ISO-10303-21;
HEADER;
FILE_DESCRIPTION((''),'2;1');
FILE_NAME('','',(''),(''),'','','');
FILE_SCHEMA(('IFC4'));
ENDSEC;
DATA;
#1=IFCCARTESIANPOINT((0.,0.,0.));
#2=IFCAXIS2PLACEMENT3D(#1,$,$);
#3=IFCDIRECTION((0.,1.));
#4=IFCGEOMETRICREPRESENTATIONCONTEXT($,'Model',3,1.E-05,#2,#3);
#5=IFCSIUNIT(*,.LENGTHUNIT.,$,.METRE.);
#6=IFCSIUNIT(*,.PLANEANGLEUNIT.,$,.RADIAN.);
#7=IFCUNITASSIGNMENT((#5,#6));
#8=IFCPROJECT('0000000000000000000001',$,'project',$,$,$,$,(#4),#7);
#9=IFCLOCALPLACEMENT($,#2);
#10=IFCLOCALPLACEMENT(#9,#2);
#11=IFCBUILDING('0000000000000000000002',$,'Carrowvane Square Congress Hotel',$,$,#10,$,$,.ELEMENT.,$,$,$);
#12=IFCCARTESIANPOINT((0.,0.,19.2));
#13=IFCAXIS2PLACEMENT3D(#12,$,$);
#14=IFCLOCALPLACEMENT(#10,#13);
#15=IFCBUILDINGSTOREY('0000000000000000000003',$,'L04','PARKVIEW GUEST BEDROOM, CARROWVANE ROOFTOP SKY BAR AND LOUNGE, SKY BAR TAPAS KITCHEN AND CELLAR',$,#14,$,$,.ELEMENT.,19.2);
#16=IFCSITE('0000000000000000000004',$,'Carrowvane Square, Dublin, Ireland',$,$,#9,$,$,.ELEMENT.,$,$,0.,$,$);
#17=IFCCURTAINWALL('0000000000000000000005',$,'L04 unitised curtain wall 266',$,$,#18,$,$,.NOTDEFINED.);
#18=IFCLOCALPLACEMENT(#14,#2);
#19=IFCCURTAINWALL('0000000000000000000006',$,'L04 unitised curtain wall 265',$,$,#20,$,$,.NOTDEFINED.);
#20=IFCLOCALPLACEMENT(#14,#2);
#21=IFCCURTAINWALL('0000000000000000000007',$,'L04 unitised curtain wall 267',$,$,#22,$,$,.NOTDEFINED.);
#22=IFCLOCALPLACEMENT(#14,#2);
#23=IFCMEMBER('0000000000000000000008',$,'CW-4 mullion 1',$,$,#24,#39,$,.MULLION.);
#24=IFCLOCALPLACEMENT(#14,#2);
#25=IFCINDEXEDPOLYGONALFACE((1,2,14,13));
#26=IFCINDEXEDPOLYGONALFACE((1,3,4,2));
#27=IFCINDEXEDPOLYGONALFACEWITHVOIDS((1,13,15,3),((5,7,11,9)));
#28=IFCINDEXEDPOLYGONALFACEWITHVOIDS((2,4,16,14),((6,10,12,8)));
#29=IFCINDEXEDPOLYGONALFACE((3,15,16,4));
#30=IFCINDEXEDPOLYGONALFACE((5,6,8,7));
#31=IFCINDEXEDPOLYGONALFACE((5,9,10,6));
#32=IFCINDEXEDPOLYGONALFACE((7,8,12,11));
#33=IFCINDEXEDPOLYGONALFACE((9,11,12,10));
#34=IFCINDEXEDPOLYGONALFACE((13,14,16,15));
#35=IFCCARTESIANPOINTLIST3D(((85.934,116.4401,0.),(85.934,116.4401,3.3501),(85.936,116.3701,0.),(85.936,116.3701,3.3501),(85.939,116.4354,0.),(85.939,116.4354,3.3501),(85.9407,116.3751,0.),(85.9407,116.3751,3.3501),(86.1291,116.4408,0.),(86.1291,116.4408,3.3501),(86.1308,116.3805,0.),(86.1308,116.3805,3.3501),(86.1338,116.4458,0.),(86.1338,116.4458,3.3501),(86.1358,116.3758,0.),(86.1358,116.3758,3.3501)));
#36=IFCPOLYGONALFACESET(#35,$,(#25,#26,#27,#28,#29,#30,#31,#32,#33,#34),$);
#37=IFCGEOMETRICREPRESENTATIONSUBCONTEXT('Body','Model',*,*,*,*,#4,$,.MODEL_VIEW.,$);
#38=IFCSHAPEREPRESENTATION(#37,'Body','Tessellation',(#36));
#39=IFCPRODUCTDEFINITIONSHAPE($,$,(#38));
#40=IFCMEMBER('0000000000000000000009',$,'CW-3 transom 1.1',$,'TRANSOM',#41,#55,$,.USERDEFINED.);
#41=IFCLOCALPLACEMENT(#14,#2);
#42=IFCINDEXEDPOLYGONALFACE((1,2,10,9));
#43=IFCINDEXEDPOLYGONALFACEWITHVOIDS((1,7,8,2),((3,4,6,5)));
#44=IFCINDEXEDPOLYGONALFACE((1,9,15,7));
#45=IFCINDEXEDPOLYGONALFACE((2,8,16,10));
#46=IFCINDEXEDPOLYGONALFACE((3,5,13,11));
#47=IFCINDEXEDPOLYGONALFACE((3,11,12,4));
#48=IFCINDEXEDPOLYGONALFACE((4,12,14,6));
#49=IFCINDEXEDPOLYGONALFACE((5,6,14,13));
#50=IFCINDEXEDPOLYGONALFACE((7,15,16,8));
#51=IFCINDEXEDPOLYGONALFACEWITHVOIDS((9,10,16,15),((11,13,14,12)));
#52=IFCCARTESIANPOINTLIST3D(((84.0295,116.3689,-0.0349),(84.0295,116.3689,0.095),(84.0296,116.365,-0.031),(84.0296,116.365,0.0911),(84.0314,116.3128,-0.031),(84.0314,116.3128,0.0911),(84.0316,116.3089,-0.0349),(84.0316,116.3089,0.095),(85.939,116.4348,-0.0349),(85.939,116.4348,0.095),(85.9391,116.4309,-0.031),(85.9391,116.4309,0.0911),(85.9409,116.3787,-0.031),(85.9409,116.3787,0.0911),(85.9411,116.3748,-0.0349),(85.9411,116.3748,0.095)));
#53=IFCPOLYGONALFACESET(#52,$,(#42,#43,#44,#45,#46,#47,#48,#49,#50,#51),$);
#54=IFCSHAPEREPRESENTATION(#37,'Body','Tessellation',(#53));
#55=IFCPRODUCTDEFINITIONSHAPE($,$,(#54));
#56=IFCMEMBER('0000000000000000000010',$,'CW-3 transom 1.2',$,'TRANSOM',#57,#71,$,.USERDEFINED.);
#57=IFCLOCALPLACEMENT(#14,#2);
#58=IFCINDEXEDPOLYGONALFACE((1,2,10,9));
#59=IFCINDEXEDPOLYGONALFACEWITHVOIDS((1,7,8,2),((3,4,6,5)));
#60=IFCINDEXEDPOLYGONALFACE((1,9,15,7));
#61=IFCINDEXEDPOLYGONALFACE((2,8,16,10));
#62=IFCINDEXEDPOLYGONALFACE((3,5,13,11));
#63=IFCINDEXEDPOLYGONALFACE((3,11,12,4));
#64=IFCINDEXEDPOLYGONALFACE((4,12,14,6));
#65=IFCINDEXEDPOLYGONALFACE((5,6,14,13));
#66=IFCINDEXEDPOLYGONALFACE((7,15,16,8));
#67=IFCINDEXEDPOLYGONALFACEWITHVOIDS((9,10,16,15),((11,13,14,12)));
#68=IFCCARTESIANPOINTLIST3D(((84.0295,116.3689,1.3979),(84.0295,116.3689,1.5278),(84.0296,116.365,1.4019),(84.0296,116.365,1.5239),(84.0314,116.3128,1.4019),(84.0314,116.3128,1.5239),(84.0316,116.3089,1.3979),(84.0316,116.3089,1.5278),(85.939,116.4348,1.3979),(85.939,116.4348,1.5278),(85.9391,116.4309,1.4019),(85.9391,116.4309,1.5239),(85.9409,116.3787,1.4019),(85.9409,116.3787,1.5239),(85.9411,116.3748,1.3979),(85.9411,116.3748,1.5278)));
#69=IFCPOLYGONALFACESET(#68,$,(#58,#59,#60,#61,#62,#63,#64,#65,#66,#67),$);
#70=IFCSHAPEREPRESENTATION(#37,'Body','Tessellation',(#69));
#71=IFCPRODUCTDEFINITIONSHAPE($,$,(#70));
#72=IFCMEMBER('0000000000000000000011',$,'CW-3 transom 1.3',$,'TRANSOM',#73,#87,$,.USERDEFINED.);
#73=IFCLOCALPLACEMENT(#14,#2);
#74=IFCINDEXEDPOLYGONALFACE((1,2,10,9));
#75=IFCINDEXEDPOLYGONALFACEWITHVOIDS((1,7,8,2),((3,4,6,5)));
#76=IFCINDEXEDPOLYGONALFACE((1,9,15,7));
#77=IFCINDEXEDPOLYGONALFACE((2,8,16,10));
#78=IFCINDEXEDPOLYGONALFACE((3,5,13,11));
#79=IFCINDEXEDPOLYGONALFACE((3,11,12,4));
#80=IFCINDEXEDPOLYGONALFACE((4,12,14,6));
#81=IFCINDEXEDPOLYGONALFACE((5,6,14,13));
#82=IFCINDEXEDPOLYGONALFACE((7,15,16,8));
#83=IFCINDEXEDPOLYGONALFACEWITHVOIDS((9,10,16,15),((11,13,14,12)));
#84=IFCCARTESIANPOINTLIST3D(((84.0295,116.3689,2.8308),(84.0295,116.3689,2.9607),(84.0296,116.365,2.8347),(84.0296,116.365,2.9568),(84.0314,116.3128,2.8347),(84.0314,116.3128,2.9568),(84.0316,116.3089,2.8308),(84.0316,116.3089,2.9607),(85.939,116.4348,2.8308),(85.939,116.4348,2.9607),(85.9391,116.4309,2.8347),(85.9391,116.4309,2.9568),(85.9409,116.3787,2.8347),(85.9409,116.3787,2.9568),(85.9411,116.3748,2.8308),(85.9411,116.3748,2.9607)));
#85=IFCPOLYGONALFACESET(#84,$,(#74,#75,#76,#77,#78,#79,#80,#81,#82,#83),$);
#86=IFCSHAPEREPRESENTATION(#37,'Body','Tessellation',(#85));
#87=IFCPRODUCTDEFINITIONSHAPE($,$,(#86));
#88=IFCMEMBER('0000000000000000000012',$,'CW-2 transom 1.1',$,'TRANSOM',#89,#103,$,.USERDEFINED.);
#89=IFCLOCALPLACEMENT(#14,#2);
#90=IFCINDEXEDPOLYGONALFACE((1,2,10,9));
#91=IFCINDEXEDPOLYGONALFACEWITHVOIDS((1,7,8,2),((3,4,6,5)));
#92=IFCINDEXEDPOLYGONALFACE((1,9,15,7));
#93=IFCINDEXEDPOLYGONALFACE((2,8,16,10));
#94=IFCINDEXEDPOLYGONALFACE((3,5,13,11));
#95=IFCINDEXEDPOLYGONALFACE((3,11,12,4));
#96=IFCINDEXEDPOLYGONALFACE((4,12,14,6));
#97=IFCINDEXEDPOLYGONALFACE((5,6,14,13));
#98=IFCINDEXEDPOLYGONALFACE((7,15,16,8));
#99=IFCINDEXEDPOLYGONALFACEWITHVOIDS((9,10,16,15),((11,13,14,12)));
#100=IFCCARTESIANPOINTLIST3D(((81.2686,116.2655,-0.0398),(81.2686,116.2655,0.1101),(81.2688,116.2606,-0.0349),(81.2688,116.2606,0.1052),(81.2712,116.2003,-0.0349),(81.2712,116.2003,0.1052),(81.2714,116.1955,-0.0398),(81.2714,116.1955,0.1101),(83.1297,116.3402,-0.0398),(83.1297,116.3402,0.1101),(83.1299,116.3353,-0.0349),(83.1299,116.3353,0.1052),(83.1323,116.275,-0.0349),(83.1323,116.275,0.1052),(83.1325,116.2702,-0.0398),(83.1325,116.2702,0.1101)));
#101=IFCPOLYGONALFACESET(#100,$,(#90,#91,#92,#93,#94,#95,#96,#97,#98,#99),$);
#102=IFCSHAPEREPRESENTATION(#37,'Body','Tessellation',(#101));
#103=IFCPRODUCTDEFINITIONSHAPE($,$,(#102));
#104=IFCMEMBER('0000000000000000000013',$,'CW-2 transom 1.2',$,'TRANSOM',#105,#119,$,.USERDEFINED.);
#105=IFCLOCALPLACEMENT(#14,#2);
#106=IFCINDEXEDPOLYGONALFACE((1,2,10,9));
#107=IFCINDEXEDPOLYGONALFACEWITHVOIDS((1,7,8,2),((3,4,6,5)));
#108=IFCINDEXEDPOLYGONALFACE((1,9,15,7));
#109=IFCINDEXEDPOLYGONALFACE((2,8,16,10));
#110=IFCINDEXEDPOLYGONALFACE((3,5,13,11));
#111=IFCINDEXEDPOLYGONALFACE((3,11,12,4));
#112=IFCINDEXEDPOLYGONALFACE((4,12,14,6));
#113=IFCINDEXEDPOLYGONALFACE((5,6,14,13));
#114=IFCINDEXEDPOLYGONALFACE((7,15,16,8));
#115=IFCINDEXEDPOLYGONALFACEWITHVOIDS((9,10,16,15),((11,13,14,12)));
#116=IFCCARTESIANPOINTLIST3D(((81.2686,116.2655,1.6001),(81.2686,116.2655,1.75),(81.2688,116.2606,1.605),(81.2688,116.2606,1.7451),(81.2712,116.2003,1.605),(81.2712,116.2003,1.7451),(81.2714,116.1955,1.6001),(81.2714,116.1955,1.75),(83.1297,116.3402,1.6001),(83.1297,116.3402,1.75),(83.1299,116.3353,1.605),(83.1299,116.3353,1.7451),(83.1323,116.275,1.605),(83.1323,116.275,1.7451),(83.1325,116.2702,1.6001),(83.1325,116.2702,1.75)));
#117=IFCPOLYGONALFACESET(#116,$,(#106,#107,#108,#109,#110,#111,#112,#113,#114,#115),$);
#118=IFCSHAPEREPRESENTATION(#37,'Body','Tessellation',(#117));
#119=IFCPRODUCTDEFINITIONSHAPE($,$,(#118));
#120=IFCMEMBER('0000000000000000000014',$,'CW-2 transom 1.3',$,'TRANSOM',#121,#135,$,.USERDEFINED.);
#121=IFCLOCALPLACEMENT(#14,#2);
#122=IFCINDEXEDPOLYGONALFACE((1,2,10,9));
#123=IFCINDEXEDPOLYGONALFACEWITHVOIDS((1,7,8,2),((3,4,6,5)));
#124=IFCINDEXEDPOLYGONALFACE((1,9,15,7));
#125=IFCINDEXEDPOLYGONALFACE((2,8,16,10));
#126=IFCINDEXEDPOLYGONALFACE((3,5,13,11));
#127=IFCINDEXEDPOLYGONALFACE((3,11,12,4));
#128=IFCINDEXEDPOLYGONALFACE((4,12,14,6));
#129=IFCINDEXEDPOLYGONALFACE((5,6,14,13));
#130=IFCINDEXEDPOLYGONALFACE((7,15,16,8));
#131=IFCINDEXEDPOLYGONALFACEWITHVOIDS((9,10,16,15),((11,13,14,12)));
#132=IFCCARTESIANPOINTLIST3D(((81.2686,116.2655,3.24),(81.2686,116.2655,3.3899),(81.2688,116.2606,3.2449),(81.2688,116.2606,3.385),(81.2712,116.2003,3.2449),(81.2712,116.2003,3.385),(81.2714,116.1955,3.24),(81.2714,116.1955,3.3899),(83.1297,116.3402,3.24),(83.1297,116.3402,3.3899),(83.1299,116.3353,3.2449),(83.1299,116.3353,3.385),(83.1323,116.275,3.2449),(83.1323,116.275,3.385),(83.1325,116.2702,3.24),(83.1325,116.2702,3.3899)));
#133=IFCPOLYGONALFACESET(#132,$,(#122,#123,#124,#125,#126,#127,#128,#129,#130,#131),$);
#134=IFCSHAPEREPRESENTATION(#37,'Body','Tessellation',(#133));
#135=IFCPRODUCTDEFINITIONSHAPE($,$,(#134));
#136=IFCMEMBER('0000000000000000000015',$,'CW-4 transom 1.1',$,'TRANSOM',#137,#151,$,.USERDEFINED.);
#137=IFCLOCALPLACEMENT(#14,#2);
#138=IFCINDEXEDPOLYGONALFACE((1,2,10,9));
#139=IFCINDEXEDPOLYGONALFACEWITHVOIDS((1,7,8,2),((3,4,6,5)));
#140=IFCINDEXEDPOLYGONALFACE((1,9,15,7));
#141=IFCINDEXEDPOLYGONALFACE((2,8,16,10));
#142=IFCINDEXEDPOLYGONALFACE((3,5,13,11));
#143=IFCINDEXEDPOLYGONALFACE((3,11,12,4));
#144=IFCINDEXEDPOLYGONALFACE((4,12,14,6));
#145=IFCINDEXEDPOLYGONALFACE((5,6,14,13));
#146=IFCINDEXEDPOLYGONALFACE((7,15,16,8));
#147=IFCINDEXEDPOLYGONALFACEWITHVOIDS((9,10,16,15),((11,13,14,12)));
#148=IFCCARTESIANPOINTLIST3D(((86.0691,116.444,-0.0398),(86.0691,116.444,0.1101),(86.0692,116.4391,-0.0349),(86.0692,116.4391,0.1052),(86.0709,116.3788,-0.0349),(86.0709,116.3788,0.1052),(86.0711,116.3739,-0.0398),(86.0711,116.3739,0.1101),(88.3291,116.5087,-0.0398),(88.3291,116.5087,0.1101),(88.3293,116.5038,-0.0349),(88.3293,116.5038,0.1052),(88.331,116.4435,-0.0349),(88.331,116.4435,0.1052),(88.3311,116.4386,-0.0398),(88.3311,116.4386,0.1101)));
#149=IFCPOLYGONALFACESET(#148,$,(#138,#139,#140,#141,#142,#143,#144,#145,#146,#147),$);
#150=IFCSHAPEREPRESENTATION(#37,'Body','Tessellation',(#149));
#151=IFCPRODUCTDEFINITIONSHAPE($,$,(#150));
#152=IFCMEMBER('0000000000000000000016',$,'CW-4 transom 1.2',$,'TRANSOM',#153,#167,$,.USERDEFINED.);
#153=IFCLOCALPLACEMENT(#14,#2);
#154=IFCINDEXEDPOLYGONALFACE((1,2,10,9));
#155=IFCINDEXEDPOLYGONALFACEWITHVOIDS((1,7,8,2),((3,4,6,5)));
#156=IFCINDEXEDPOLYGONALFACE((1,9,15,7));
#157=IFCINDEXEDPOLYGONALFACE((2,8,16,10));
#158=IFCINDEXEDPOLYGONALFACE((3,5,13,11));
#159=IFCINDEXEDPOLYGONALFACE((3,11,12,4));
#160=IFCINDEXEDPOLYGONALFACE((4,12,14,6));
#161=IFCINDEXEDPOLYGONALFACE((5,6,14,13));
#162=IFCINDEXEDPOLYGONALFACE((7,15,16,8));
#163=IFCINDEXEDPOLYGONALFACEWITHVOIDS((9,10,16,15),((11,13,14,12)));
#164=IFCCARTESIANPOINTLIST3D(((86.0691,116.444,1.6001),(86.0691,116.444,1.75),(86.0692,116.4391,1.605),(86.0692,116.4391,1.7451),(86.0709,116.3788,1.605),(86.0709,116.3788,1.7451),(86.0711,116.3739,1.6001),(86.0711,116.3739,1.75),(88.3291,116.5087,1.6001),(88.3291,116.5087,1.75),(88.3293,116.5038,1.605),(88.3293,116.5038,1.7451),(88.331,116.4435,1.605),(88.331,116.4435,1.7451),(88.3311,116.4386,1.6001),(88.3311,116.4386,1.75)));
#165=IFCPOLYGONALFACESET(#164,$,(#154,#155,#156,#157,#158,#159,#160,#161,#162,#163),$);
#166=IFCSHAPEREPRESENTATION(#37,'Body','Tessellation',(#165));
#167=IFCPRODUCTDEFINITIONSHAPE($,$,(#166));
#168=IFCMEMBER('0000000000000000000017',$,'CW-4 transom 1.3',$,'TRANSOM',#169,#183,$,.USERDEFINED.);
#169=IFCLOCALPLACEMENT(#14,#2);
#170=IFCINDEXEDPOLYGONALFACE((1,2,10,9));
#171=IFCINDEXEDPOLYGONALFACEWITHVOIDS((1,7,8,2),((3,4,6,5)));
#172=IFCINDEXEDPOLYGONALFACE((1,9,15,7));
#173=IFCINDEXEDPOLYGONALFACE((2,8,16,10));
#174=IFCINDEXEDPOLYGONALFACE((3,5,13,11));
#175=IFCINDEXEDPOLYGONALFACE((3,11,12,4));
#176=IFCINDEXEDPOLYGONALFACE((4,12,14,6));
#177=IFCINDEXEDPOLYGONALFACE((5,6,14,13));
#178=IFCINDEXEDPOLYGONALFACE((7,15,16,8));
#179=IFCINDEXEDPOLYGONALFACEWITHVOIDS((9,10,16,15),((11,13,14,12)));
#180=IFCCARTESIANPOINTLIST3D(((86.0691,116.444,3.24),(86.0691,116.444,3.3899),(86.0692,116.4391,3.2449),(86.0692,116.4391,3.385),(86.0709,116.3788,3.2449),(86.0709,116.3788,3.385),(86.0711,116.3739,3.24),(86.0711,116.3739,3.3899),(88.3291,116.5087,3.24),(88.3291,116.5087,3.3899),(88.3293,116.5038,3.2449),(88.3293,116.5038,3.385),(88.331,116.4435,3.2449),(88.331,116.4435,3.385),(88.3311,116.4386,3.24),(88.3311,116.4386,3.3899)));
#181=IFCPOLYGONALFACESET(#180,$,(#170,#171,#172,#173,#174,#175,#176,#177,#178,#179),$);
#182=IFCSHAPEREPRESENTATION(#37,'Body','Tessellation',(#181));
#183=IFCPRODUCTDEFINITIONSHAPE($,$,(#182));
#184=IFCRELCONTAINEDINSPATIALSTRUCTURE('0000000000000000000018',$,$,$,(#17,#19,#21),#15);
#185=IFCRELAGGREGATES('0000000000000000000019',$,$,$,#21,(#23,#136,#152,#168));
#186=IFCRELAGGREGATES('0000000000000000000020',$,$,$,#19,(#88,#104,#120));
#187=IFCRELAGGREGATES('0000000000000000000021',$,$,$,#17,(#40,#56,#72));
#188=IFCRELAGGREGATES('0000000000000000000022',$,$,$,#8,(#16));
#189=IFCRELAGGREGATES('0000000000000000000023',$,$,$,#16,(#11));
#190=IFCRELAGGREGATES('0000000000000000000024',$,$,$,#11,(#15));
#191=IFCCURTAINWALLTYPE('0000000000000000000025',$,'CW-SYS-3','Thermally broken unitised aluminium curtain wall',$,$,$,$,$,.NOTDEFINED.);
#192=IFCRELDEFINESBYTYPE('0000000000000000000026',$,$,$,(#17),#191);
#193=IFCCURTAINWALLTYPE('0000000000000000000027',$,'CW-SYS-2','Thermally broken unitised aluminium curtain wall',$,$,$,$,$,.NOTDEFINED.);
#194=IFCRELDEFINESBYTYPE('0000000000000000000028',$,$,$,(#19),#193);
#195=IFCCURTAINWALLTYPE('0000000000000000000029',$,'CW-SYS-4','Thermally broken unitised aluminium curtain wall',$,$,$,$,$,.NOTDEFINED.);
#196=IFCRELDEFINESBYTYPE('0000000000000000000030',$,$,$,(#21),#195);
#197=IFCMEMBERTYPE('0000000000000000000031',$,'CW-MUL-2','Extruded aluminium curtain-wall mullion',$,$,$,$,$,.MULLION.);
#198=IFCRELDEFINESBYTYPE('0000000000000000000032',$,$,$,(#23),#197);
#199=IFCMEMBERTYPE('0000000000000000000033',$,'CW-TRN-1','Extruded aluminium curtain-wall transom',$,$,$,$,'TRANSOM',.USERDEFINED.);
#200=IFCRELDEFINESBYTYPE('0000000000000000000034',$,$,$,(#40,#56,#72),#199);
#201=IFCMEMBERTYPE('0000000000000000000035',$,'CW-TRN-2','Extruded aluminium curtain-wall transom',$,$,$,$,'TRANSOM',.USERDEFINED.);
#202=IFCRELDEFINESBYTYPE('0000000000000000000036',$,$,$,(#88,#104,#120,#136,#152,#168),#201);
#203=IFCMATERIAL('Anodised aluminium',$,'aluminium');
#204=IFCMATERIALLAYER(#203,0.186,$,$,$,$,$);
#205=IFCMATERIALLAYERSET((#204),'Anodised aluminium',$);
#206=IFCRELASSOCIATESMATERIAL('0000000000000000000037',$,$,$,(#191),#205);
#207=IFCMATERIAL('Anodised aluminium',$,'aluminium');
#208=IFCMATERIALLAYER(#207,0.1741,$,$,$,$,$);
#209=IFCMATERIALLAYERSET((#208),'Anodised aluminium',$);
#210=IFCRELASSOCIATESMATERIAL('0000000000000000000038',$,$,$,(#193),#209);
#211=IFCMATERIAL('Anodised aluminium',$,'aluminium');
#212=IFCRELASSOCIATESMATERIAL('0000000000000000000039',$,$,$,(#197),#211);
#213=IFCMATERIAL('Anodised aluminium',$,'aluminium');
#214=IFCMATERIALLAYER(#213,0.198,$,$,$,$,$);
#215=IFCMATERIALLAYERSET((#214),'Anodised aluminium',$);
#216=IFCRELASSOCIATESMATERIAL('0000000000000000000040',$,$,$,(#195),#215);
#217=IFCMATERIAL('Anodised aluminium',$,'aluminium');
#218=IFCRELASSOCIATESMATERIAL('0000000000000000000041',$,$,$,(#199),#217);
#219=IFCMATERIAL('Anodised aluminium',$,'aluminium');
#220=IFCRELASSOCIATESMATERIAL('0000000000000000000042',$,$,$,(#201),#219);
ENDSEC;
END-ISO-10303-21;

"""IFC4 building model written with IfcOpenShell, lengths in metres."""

from ifc_helpers import new_model, si_unit, direction, frame, origin, origin_2d, place, context, subcontext, project, spatial, hollow_rectangle, extrude, material, layer, layer_set, material_profile, profile_set, type_object, element, aggregate, save


model = new_model("IFC4")

# Units and contexts
model_context = context("Model", 3, precision=1e-05, world=origin(), true_north=direction((0.0, 1.0)))
body_context = subcontext(model_context, "Body", "Model", "MODEL_VIEW")
ifc_project = project(units=[si_unit("LENGTHUNIT", "METRE"), si_unit("PLANEANGLEUNIT", "RADIAN")], contexts=[model_context])

# Site, building, storey
site_placement = place(None, origin())
site = spatial("IfcSite", under=ifc_project, at=site_placement, Name="Carrowvane Square, Dublin, Ireland", CompositionType="ELEMENT", RefElevation=0.0)
building_placement = place(site_placement, origin())
building = spatial("IfcBuilding", under=site, at=building_placement, Name="Carrowvane Square Congress Hotel", CompositionType="ELEMENT")
storey_placement = place(building_placement, frame((0.0, 0.0, 19.2)))
storey = spatial("IfcBuildingStorey", under=building, at=storey_placement, Name="L04", Description="PARKVIEW GUEST BEDROOM, CARROWVANE ROOFTOP SKY BAR AND LOUNGE, SKY BAR TAPAS KITCHEN AND CELLAR", CompositionType="ELEMENT", Elevation=19.2)

# Curtain walls
ifc_material_1 = material(Name="Anodised aluminium", Category="aluminium")
ifc_layer_1 = layer(ifc_material_1, 0.186)
ifc_layer_set_1 = layer_set([ifc_layer_1], Name="Anodised aluminium")
curtain_wall_type_1 = type_object("IfcCurtainWallType", Name="CW-SYS-3", Description="Thermally broken unitised aluminium curtain wall", PredefinedType="NOTDEFINED", material=ifc_layer_set_1)
curtain_wall_1_placement = place(storey_placement, origin())
curtain_wall_1 = element("IfcCurtainWall", 1, at=curtain_wall_1_placement, inside=storey, type_object=curtain_wall_type_1, Name="L04 unitised curtain wall 266", PredefinedType="NOTDEFINED")
ifc_material_2 = material(Name="Anodised aluminium", Category="aluminium")
ifc_layer_2 = layer(ifc_material_2, 0.1741)
ifc_layer_set_2 = layer_set([ifc_layer_2], Name="Anodised aluminium")
curtain_wall_type_2 = type_object("IfcCurtainWallType", Name="CW-SYS-2", Description="Thermally broken unitised aluminium curtain wall", PredefinedType="NOTDEFINED", material=ifc_layer_set_2)
curtain_wall_2_placement = place(storey_placement, origin())
curtain_wall_2 = element("IfcCurtainWall", 2, at=curtain_wall_2_placement, inside=storey, type_object=curtain_wall_type_2, Name="L04 unitised curtain wall 265", PredefinedType="NOTDEFINED")
ifc_material_3 = material(Name="Anodised aluminium", Category="aluminium")
ifc_material_profile_1 = material_profile(ifc_material_3, hollow_rectangle(XDim=0.0701, YDim=0.2, WallThickness=0.0049, at=origin_2d()), Name="CW-ML 70x200x5")
ifc_profile_set_1 = profile_set([ifc_material_profile_1], Name="Anodised aluminium")
member_type_1 = type_object("IfcMemberType", Name="CW-MUL-2", Description="Extruded aluminium curtain-wall mullion", PredefinedType="MULLION", material=ifc_profile_set_1)

# Curtain wall, member
ifc_material_4 = material(Name="Anodised aluminium", Category="aluminium")
ifc_layer_3 = layer(ifc_material_4, 0.198)
ifc_layer_set_3 = layer_set([ifc_layer_3], Name="Anodised aluminium")
curtain_wall_type_3 = type_object("IfcCurtainWallType", Name="CW-SYS-4", Description="Thermally broken unitised aluminium curtain wall", PredefinedType="NOTDEFINED", material=ifc_layer_set_3)
curtain_wall_3_placement = place(storey_placement, origin())
curtain_wall_3 = element("IfcCurtainWall", 3, at=curtain_wall_3_placement, inside=storey, type_object=curtain_wall_type_3, Name="L04 unitised curtain wall 267", PredefinedType="NOTDEFINED")
member_1_placement = place(storey_placement, frame((86.0349, 116.408, 0.0), z_axis=(0.0, 0.0, 1.0), x_axis=(-0.028638, 0.99959, 0.0)))
member_1 = element("IfcMember", 4, at=member_1_placement, type_object=member_type_1, Name="CW-4 mullion 1", PredefinedType="MULLION", context=body_context, shape_type="SweptSolid", body=[
    extrude(hollow_rectangle(XDim=0.0701, YDim=0.2, WallThickness=0.0049, at=origin_2d()), origin(), (0.0, 0.0, 1.0), 3.3501),
])

# Members
ifc_material_5 = material(Name="Anodised aluminium", Category="aluminium")
ifc_material_profile_2 = material_profile(ifc_material_5, hollow_rectangle(XDim=0.0601, YDim=0.1299, WallThickness=0.0039, at=origin_2d()), Name="CW-TR 60x130x4")
ifc_profile_set_2 = profile_set([ifc_material_profile_2], Name="Anodised aluminium")
member_type_2 = type_object("IfcMemberType", Name="CW-TRN-1", Description="Extruded aluminium curtain-wall transom", ElementType="TRANSOM", PredefinedType="USERDEFINED", material=ifc_profile_set_2)
member_2_placement = place(storey_placement, frame((84.0305, 116.3389, 0.03), z_axis=(0.999405, 0.034502, 0.0), x_axis=(-0.034502, 0.999405, 0.0)))
member_2 = element("IfcMember", 5, at=member_2_placement, type_object=member_type_2, Name="CW-3 transom 1.1", ObjectType="TRANSOM", PredefinedType="USERDEFINED", context=body_context, shape_type="SweptSolid", body=[
    extrude(hollow_rectangle(XDim=0.0601, YDim=0.1299, WallThickness=0.0039, at=origin_2d()), origin(), (0.0, 0.0, 1.0), 1.9106),
])
member_3_placement = place(storey_placement, frame((84.0305, 116.3389, 1.4629), z_axis=(0.999405, 0.034502, 0.0), x_axis=(-0.034502, 0.999405, 0.0)))
member_3 = element("IfcMember", 6, at=member_3_placement, type_object=member_type_2, Name="CW-3 transom 1.2", ObjectType="TRANSOM", PredefinedType="USERDEFINED", context=body_context, shape_type="SweptSolid", body=[
    extrude(hollow_rectangle(XDim=0.0601, YDim=0.1299, WallThickness=0.0039, at=origin_2d()), origin(), (0.0, 0.0, 1.0), 1.9106),
])
member_4_placement = place(storey_placement, frame((84.0305, 116.3389, 2.8958), z_axis=(0.999405, 0.034502, 0.0), x_axis=(-0.034502, 0.999405, 0.0)))
member_4 = element("IfcMember", 7, at=member_4_placement, type_object=member_type_2, Name="CW-3 transom 1.3", ObjectType="TRANSOM", PredefinedType="USERDEFINED", context=body_context, shape_type="SweptSolid", body=[
    extrude(hollow_rectangle(XDim=0.0601, YDim=0.1299, WallThickness=0.0039, at=origin_2d()), origin(), (0.0, 0.0, 1.0), 1.9106),
])
ifc_material_6 = material(Name="Anodised aluminium", Category="aluminium")
ifc_material_profile_3 = material_profile(ifc_material_6, hollow_rectangle(XDim=0.0701, YDim=0.1499, WallThickness=0.0049, at=origin_2d()), Name="CW-TR 70x150x5")
ifc_profile_set_3 = profile_set([ifc_material_profile_3], Name="Anodised aluminium")
member_type_3 = type_object("IfcMemberType", Name="CW-TRN-2", Description="Extruded aluminium curtain-wall transom", ElementType="TRANSOM", PredefinedType="USERDEFINED", material=ifc_profile_set_3)
member_5_placement = place(storey_placement, frame((81.27, 116.2305, 0.0352), z_axis=(0.999195, 0.040109, 0.0), x_axis=(-0.040109, 0.999195, 0.0)))
member_5 = element("IfcMember", 8, at=member_5_placement, type_object=member_type_3, Name="CW-2 transom 1.1", ObjectType="TRANSOM", PredefinedType="USERDEFINED", context=body_context, shape_type="SweptSolid", body=[
    extrude(hollow_rectangle(XDim=0.0701, YDim=0.1499, WallThickness=0.0049, at=origin_2d()), origin(), (0.0, 0.0, 1.0), 1.8625),
])
member_6_placement = place(storey_placement, frame((81.27, 116.2305, 1.675), z_axis=(0.999195, 0.040109, 0.0), x_axis=(-0.040109, 0.999195, 0.0)))
member_6 = element("IfcMember", 9, at=member_6_placement, type_object=member_type_3, Name="CW-2 transom 1.2", ObjectType="TRANSOM", PredefinedType="USERDEFINED", context=body_context, shape_type="SweptSolid", body=[
    extrude(hollow_rectangle(XDim=0.0701, YDim=0.1499, WallThickness=0.0049, at=origin_2d()), origin(), (0.0, 0.0, 1.0), 1.8625),
])
member_7_placement = place(storey_placement, frame((81.27, 116.2305, 3.3149), z_axis=(0.999195, 0.040109, 0.0), x_axis=(-0.040109, 0.999195, 0.0)))
member_7 = element("IfcMember", 10, at=member_7_placement, type_object=member_type_3, Name="CW-2 transom 1.3", ObjectType="TRANSOM", PredefinedType="USERDEFINED", context=body_context, shape_type="SweptSolid", body=[
    extrude(hollow_rectangle(XDim=0.0701, YDim=0.1499, WallThickness=0.0049, at=origin_2d()), origin(), (0.0, 0.0, 1.0), 1.8625),
])
member_8_placement = place(storey_placement, frame((86.0701, 116.4089, 0.0352), z_axis=(0.99959, 0.028615, 0.0), x_axis=(-0.028615, 0.99959, 0.0)))
member_8 = element("IfcMember", 11, at=member_8_placement, type_object=member_type_3, Name="CW-4 transom 1.1", ObjectType="TRANSOM", PredefinedType="USERDEFINED", context=body_context, shape_type="SweptSolid", body=[
    extrude(hollow_rectangle(XDim=0.0701, YDim=0.1499, WallThickness=0.0049, at=origin_2d()), origin(), (0.0, 0.0, 1.0), 2.261),
])
member_9_placement = place(storey_placement, frame((86.0701, 116.4089, 1.675), z_axis=(0.99959, 0.028615, 0.0), x_axis=(-0.028615, 0.99959, 0.0)))
member_9 = element("IfcMember", 12, at=member_9_placement, type_object=member_type_3, Name="CW-4 transom 1.2", ObjectType="TRANSOM", PredefinedType="USERDEFINED", context=body_context, shape_type="SweptSolid", body=[
    extrude(hollow_rectangle(XDim=0.0701, YDim=0.1499, WallThickness=0.0049, at=origin_2d()), origin(), (0.0, 0.0, 1.0), 2.261),
])
member_10_placement = place(storey_placement, frame((86.0701, 116.4089, 3.3149), z_axis=(0.99959, 0.028615, 0.0), x_axis=(-0.028615, 0.99959, 0.0)))
member_10 = element("IfcMember", 13, at=member_10_placement, type_object=member_type_3, Name="CW-4 transom 1.3", ObjectType="TRANSOM", PredefinedType="USERDEFINED", context=body_context, shape_type="SweptSolid", body=[
    extrude(hollow_rectangle(XDim=0.0701, YDim=0.1499, WallThickness=0.0049, at=origin_2d()), origin(), (0.0, 0.0, 1.0), 2.261),
])
aggregate(curtain_wall_3, [member_1, member_8, member_9, member_10])

aggregate(curtain_wall_2, [member_5, member_6, member_7])
aggregate(curtain_wall_1, [member_2, member_3, member_4])

save(model, "model.ifc")
